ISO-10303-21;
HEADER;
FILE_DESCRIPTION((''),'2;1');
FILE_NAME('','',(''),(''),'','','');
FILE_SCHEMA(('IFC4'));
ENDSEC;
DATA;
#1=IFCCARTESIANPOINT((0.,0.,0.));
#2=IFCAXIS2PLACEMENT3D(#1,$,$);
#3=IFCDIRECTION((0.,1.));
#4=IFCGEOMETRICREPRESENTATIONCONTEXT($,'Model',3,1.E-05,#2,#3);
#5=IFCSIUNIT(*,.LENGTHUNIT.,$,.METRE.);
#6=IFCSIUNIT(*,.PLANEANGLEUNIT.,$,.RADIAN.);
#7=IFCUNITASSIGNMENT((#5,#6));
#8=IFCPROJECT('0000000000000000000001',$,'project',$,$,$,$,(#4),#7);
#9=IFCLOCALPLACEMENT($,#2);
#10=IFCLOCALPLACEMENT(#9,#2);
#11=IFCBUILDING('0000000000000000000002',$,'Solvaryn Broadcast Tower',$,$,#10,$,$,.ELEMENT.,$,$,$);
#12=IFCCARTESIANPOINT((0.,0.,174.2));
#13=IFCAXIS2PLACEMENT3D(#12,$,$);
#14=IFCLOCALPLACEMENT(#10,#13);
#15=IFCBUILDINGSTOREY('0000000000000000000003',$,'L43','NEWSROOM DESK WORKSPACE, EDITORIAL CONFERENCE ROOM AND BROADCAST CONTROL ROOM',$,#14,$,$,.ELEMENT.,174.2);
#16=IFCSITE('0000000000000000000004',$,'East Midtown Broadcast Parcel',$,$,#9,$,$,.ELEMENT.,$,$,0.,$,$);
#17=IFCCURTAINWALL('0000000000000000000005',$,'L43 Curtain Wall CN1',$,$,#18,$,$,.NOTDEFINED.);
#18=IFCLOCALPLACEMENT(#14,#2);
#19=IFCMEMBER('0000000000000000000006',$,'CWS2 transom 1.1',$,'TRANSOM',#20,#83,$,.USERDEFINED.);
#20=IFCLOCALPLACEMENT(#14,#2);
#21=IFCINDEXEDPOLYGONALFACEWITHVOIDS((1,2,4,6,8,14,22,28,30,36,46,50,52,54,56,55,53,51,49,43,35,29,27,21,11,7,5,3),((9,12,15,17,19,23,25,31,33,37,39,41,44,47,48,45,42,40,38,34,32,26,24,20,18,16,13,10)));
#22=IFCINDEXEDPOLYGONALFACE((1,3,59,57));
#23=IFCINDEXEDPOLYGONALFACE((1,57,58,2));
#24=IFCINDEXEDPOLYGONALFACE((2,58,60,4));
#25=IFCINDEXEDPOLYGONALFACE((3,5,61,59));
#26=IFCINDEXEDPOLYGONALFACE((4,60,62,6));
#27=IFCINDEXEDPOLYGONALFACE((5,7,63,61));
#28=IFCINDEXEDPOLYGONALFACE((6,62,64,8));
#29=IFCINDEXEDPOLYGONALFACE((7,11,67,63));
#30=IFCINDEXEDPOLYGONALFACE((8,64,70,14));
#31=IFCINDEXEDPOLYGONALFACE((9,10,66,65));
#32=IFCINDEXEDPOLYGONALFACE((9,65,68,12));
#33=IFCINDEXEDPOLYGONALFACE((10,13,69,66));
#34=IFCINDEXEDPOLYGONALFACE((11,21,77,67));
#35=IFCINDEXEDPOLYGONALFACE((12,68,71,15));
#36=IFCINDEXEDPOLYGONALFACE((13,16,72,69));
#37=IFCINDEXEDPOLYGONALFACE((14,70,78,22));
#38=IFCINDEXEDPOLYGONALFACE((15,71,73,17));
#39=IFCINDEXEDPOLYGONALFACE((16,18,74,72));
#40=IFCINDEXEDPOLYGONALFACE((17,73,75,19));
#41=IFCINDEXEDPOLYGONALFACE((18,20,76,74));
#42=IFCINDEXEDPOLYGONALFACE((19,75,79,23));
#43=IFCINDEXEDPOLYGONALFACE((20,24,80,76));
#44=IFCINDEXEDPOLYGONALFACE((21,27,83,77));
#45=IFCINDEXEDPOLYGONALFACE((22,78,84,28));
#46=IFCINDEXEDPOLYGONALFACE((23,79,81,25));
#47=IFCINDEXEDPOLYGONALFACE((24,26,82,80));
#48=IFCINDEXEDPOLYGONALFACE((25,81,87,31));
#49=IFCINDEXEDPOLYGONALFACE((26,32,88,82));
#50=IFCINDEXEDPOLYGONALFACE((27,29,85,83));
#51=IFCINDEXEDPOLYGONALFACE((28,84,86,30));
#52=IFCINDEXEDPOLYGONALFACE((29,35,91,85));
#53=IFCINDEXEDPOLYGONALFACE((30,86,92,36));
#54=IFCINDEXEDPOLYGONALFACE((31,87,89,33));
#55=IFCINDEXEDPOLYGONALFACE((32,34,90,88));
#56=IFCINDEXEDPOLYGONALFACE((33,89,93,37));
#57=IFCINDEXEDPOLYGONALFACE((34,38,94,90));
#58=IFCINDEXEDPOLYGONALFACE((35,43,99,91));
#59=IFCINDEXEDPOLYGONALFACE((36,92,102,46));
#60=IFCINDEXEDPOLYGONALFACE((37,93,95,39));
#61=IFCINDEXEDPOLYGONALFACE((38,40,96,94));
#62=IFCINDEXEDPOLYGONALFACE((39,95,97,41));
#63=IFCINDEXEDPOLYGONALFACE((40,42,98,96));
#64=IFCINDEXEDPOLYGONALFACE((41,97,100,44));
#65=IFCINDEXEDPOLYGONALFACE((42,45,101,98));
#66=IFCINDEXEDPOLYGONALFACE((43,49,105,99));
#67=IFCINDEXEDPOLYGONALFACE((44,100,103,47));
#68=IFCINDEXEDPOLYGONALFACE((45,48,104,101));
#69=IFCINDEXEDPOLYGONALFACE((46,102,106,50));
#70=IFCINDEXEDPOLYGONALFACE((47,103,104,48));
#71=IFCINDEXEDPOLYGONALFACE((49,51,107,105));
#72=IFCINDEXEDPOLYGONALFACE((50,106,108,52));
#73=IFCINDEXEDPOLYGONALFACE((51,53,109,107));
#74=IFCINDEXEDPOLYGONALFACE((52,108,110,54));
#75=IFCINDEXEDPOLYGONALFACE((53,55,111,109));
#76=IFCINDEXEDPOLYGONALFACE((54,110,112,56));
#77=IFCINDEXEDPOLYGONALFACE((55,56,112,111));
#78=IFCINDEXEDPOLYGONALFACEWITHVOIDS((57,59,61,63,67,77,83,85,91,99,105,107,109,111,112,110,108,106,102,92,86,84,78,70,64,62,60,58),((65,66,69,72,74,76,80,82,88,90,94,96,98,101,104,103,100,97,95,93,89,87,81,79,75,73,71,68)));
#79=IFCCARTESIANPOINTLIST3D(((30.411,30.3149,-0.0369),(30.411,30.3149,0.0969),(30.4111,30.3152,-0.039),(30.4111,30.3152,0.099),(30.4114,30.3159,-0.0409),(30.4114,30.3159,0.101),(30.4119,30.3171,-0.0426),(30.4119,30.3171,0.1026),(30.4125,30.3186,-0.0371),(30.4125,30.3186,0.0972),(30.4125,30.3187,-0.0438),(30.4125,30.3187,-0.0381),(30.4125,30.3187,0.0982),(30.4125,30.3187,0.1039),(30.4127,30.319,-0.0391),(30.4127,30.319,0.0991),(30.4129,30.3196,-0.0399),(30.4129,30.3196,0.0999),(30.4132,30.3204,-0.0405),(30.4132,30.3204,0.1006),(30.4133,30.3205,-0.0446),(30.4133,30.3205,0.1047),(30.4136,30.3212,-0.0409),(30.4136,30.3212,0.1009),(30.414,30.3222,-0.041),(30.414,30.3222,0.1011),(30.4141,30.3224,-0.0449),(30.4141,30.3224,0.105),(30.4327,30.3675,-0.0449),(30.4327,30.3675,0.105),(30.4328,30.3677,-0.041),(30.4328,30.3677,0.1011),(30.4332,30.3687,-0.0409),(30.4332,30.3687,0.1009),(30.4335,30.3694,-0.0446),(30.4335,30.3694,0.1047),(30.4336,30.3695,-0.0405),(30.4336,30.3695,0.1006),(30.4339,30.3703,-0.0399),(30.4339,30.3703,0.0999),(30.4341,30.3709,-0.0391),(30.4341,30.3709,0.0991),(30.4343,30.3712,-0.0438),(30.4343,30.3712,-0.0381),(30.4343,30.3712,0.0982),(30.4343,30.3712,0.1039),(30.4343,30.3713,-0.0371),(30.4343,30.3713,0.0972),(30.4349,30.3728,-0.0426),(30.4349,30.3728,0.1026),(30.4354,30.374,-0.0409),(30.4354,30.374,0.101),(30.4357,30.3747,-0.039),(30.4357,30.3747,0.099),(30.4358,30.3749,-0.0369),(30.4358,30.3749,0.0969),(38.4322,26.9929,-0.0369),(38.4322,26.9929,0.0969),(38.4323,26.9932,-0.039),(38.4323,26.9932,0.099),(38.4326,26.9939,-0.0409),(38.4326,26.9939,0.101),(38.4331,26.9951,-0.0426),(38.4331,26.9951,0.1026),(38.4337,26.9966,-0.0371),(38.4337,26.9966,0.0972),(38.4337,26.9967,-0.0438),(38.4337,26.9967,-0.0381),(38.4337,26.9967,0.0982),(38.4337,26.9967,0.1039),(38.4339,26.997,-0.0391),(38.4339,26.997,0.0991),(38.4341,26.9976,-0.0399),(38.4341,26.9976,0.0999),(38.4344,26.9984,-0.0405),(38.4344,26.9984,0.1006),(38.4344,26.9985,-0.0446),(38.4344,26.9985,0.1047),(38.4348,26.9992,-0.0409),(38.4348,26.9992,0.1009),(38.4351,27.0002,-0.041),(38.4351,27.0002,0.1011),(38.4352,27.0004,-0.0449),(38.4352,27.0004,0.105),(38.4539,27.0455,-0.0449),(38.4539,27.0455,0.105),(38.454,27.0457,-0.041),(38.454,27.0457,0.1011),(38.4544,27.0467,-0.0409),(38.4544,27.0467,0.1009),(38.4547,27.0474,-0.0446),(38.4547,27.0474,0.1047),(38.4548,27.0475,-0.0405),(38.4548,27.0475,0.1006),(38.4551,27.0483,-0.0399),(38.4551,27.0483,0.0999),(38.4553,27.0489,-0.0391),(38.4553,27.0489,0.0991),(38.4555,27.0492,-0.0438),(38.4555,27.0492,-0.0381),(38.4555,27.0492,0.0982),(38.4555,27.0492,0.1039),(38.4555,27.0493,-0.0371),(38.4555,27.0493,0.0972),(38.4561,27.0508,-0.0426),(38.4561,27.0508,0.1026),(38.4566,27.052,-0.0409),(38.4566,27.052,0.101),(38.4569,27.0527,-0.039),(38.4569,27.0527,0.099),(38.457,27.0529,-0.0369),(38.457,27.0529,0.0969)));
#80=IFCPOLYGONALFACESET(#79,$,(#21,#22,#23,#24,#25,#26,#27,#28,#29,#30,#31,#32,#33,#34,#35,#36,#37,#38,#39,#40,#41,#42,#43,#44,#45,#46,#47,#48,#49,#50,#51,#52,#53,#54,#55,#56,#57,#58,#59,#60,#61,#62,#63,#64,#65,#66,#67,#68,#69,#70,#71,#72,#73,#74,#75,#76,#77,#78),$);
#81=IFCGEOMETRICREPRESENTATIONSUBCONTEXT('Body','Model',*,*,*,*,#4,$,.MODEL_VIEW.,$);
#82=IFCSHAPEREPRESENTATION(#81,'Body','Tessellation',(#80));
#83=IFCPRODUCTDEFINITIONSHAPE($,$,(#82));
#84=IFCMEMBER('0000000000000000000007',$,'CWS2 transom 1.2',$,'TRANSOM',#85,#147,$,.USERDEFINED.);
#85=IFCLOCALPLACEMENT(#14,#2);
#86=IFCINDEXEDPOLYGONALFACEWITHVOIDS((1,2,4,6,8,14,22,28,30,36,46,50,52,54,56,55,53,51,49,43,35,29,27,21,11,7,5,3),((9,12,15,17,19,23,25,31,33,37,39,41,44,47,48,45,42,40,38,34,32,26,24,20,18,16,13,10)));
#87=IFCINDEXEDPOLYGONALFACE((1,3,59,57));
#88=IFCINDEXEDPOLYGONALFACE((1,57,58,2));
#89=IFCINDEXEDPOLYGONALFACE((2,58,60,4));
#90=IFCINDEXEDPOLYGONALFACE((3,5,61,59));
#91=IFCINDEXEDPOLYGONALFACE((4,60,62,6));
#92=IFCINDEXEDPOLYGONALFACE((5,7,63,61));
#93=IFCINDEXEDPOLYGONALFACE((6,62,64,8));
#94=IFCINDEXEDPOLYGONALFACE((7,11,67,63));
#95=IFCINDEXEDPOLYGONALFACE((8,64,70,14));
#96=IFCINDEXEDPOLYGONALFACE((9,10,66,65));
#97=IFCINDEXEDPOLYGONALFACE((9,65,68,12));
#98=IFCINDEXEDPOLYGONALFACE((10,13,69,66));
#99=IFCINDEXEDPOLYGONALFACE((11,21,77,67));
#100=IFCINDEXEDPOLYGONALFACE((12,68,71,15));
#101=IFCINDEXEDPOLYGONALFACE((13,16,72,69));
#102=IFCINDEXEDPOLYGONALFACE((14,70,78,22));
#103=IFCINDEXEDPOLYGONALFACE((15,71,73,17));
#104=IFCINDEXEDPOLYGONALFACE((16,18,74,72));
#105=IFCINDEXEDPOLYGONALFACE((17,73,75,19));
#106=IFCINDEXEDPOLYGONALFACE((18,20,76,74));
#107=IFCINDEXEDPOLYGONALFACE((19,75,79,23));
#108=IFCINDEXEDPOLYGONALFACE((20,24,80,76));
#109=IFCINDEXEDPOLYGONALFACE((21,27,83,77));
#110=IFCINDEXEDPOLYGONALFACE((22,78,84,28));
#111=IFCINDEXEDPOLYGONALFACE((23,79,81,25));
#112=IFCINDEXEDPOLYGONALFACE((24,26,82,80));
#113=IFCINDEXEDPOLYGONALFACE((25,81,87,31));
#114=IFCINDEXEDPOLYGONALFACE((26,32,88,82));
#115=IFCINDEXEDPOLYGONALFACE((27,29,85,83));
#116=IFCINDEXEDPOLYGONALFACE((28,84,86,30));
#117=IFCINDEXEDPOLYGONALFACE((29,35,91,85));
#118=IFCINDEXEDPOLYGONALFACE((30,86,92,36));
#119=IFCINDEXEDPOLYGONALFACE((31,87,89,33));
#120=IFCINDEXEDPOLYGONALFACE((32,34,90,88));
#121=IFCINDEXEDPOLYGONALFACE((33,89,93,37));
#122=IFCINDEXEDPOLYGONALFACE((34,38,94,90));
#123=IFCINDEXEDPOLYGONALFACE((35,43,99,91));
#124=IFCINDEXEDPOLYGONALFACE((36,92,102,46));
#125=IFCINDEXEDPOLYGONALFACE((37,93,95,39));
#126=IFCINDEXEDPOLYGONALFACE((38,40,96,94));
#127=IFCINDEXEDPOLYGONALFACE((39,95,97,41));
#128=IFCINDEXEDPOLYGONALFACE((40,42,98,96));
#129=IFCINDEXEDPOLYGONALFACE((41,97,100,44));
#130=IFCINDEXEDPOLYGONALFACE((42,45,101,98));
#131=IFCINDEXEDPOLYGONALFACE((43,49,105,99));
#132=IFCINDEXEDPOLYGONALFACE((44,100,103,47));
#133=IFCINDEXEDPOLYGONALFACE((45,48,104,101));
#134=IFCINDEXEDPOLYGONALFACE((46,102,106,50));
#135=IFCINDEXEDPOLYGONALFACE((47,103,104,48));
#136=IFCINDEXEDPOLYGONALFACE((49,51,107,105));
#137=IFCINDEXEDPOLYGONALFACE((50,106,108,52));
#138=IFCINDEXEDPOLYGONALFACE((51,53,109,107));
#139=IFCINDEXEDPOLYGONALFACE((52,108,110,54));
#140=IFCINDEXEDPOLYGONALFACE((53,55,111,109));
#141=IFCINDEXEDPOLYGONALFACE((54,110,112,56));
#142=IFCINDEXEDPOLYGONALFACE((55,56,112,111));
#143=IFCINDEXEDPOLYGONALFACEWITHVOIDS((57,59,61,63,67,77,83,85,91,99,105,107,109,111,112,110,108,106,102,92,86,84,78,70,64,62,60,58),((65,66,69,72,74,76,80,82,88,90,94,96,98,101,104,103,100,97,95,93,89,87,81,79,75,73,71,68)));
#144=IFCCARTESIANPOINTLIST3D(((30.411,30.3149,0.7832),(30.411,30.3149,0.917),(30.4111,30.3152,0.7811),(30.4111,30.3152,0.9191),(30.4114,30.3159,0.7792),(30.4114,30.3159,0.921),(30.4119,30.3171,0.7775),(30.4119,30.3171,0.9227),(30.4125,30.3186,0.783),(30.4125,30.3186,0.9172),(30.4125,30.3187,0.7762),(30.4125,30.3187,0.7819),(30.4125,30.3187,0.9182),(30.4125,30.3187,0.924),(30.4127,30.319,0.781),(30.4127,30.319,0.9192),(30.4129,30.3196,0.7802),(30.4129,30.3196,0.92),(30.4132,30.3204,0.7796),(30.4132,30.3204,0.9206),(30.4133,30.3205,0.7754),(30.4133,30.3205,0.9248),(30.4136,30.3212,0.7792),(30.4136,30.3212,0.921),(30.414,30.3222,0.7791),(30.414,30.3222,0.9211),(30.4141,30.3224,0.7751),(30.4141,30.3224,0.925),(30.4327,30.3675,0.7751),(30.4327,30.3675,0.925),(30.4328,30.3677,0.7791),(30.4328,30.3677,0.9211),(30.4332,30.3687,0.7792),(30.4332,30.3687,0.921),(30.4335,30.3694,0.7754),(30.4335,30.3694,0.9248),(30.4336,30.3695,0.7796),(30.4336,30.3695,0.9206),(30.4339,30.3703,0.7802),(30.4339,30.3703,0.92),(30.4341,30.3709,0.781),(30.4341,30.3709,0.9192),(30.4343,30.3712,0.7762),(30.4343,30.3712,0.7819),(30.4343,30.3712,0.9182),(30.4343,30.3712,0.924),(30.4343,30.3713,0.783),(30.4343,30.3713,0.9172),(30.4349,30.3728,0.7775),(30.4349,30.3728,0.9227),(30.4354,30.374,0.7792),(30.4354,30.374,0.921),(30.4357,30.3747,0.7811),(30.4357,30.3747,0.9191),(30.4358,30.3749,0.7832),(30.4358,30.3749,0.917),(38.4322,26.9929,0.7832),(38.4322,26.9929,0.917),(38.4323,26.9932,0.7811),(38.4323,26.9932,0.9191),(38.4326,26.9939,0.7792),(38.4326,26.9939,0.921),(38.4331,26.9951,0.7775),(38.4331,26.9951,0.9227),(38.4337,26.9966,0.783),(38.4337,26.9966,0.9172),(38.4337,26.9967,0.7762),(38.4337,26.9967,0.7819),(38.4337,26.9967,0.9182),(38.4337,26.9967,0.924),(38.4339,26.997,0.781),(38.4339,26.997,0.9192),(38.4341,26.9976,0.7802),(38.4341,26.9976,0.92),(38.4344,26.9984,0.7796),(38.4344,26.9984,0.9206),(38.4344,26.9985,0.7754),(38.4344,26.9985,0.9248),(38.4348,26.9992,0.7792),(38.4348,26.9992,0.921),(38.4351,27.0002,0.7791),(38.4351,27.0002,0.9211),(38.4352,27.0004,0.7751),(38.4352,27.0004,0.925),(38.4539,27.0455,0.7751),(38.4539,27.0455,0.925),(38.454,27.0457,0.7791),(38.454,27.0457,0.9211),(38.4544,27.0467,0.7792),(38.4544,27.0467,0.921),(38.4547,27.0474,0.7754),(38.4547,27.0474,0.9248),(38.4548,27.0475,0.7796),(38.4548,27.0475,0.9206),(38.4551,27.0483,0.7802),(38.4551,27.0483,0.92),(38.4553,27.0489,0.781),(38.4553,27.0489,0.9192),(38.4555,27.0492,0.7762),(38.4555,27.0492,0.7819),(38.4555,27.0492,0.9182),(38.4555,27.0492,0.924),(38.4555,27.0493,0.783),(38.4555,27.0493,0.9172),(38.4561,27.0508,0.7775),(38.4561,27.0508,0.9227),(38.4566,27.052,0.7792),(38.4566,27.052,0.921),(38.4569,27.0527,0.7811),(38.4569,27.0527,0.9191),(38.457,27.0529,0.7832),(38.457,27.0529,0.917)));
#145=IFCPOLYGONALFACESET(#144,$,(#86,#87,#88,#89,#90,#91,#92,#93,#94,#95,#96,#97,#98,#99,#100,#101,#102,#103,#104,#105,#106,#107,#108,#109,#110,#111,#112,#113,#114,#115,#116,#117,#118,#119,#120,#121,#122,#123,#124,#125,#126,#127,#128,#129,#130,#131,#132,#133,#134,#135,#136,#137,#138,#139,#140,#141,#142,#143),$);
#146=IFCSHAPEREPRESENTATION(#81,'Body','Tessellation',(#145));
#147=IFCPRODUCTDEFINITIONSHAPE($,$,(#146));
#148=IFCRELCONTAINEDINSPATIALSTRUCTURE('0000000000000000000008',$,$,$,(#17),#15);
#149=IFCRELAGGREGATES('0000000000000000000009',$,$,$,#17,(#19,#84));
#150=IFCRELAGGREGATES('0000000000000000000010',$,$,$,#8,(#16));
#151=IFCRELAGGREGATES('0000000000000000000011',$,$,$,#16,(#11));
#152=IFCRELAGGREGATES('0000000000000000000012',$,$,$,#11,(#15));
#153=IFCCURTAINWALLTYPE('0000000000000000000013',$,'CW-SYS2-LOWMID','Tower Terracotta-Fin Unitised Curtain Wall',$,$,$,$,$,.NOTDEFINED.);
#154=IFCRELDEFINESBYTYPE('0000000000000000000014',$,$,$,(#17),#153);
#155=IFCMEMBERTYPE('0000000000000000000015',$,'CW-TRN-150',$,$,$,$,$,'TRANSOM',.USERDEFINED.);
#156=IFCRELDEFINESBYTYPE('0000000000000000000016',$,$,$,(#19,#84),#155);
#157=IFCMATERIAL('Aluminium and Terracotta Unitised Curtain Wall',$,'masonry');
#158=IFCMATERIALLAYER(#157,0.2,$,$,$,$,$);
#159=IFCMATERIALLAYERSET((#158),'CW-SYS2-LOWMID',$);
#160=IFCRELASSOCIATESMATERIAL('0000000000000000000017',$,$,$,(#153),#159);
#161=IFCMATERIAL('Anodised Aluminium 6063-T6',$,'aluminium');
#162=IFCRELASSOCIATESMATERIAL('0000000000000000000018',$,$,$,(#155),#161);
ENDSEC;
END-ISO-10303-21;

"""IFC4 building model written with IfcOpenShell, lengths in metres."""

from ifc_helpers import new_model, si_unit, direction, frame, origin, origin_2d, place, context, subcontext, project, spatial, hollow_rectangle, extrude, material, layer, layer_set, material_profile, profile_set, type_object, element, aggregate, save


model = new_model("IFC4")

# Units and contexts
model_context = context("Model", 3, precision=1e-05, world=origin(), true_north=direction((0.0, 1.0)))
body_context = subcontext(model_context, "Body", "Model", "MODEL_VIEW")
ifc_project = project(units=[si_unit("LENGTHUNIT", "METRE"), si_unit("PLANEANGLEUNIT", "RADIAN")], contexts=[model_context])

# Site, building, storey
site_placement = place(None, origin())
site = spatial("IfcSite", under=ifc_project, at=site_placement, Name="East Midtown Broadcast Parcel", CompositionType="ELEMENT", RefElevation=0.0)
building_placement = place(site_placement, origin())
building = spatial("IfcBuilding", under=site, at=building_placement, Name="Solvaryn Broadcast Tower", CompositionType="ELEMENT")
storey_placement = place(building_placement, frame((0.0, 0.0, 174.2)))
storey = spatial("IfcBuildingStorey", under=building, at=storey_placement, Name="L43", Description="NEWSROOM DESK WORKSPACE, EDITORIAL CONFERENCE ROOM AND BROADCAST CONTROL ROOM", CompositionType="ELEMENT", Elevation=174.2)

# Curtain wall
ifc_material_1 = material(Name="Aluminium and Terracotta Unitised Curtain Wall", Category="masonry")
ifc_layer_1 = layer(ifc_material_1, 0.2)
ifc_layer_set_1 = layer_set([ifc_layer_1], Name="CW-SYS2-LOWMID")
curtain_wall_type = type_object("IfcCurtainWallType", Name="CW-SYS2-LOWMID", Description="Tower Terracotta-Fin Unitised Curtain Wall", PredefinedType="NOTDEFINED", material=ifc_layer_set_1)
curtain_wall_1_placement = place(storey_placement, origin())
curtain_wall_1 = element("IfcCurtainWall", 1, at=curtain_wall_1_placement, inside=storey, type_object=curtain_wall_type, Name="L43 Curtain Wall CN1", PredefinedType="NOTDEFINED")

# Members
ifc_material_2 = material(Name="Anodised Aluminium 6063-T6", Category="aluminium")
ifc_material_profile_1 = material_profile(ifc_material_2, hollow_rectangle(XDim=0.0649, YDim=0.1499, WallThickness=0.0039, InnerFilletRadius=0.0039, OuterFilletRadius=0.0081, at=origin_2d()))
ifc_profile_set_1 = profile_set([ifc_material_profile_1], Name="Anodised Aluminium 6063-T6")
member_type_1 = type_object("IfcMemberType", Name="CW-TRN-150", ElementType="TRANSOM", PredefinedType="USERDEFINED", material=ifc_profile_set_1)
member_1_placement = place(storey_placement, frame((38.4446, 27.0229, 0.03), z_axis=(-0.923899, 0.382636, 0.0), x_axis=(-0.382636, -0.923899, 0.0)))
member_1 = element("IfcMember", 2, at=member_1_placement, type_object=member_type_1, Name="CWS2 transom 1.1", ObjectType="TRANSOM", PredefinedType="USERDEFINED", context=body_context, shape_type="SweptSolid", body=[
    extrude(hollow_rectangle(XDim=0.0649, YDim=0.1499, WallThickness=0.0039, InnerFilletRadius=0.0039, OuterFilletRadius=0.0081, at=origin_2d()), origin(), (0.0, 0.0, 1.0), 8.6819),
])
member_2_placement = place(storey_placement, frame((38.4446, 27.0229, 0.8501), z_axis=(-0.923899, 0.382636, 0.0), x_axis=(-0.382636, -0.923899, 0.0)))
member_2 = element("IfcMember", 3, at=member_2_placement, type_object=member_type_1, Name="CWS2 transom 1.2", ObjectType="TRANSOM", PredefinedType="USERDEFINED", context=body_context, shape_type="SweptSolid", body=[
    extrude(hollow_rectangle(XDim=0.0649, YDim=0.1499, WallThickness=0.0039, InnerFilletRadius=0.0039, OuterFilletRadius=0.0081, at=origin_2d()), origin(), (0.0, 0.0, 1.0), 8.6819),
])
aggregate(curtain_wall_1, [member_1, member_2])

save(model, "model.ifc")
